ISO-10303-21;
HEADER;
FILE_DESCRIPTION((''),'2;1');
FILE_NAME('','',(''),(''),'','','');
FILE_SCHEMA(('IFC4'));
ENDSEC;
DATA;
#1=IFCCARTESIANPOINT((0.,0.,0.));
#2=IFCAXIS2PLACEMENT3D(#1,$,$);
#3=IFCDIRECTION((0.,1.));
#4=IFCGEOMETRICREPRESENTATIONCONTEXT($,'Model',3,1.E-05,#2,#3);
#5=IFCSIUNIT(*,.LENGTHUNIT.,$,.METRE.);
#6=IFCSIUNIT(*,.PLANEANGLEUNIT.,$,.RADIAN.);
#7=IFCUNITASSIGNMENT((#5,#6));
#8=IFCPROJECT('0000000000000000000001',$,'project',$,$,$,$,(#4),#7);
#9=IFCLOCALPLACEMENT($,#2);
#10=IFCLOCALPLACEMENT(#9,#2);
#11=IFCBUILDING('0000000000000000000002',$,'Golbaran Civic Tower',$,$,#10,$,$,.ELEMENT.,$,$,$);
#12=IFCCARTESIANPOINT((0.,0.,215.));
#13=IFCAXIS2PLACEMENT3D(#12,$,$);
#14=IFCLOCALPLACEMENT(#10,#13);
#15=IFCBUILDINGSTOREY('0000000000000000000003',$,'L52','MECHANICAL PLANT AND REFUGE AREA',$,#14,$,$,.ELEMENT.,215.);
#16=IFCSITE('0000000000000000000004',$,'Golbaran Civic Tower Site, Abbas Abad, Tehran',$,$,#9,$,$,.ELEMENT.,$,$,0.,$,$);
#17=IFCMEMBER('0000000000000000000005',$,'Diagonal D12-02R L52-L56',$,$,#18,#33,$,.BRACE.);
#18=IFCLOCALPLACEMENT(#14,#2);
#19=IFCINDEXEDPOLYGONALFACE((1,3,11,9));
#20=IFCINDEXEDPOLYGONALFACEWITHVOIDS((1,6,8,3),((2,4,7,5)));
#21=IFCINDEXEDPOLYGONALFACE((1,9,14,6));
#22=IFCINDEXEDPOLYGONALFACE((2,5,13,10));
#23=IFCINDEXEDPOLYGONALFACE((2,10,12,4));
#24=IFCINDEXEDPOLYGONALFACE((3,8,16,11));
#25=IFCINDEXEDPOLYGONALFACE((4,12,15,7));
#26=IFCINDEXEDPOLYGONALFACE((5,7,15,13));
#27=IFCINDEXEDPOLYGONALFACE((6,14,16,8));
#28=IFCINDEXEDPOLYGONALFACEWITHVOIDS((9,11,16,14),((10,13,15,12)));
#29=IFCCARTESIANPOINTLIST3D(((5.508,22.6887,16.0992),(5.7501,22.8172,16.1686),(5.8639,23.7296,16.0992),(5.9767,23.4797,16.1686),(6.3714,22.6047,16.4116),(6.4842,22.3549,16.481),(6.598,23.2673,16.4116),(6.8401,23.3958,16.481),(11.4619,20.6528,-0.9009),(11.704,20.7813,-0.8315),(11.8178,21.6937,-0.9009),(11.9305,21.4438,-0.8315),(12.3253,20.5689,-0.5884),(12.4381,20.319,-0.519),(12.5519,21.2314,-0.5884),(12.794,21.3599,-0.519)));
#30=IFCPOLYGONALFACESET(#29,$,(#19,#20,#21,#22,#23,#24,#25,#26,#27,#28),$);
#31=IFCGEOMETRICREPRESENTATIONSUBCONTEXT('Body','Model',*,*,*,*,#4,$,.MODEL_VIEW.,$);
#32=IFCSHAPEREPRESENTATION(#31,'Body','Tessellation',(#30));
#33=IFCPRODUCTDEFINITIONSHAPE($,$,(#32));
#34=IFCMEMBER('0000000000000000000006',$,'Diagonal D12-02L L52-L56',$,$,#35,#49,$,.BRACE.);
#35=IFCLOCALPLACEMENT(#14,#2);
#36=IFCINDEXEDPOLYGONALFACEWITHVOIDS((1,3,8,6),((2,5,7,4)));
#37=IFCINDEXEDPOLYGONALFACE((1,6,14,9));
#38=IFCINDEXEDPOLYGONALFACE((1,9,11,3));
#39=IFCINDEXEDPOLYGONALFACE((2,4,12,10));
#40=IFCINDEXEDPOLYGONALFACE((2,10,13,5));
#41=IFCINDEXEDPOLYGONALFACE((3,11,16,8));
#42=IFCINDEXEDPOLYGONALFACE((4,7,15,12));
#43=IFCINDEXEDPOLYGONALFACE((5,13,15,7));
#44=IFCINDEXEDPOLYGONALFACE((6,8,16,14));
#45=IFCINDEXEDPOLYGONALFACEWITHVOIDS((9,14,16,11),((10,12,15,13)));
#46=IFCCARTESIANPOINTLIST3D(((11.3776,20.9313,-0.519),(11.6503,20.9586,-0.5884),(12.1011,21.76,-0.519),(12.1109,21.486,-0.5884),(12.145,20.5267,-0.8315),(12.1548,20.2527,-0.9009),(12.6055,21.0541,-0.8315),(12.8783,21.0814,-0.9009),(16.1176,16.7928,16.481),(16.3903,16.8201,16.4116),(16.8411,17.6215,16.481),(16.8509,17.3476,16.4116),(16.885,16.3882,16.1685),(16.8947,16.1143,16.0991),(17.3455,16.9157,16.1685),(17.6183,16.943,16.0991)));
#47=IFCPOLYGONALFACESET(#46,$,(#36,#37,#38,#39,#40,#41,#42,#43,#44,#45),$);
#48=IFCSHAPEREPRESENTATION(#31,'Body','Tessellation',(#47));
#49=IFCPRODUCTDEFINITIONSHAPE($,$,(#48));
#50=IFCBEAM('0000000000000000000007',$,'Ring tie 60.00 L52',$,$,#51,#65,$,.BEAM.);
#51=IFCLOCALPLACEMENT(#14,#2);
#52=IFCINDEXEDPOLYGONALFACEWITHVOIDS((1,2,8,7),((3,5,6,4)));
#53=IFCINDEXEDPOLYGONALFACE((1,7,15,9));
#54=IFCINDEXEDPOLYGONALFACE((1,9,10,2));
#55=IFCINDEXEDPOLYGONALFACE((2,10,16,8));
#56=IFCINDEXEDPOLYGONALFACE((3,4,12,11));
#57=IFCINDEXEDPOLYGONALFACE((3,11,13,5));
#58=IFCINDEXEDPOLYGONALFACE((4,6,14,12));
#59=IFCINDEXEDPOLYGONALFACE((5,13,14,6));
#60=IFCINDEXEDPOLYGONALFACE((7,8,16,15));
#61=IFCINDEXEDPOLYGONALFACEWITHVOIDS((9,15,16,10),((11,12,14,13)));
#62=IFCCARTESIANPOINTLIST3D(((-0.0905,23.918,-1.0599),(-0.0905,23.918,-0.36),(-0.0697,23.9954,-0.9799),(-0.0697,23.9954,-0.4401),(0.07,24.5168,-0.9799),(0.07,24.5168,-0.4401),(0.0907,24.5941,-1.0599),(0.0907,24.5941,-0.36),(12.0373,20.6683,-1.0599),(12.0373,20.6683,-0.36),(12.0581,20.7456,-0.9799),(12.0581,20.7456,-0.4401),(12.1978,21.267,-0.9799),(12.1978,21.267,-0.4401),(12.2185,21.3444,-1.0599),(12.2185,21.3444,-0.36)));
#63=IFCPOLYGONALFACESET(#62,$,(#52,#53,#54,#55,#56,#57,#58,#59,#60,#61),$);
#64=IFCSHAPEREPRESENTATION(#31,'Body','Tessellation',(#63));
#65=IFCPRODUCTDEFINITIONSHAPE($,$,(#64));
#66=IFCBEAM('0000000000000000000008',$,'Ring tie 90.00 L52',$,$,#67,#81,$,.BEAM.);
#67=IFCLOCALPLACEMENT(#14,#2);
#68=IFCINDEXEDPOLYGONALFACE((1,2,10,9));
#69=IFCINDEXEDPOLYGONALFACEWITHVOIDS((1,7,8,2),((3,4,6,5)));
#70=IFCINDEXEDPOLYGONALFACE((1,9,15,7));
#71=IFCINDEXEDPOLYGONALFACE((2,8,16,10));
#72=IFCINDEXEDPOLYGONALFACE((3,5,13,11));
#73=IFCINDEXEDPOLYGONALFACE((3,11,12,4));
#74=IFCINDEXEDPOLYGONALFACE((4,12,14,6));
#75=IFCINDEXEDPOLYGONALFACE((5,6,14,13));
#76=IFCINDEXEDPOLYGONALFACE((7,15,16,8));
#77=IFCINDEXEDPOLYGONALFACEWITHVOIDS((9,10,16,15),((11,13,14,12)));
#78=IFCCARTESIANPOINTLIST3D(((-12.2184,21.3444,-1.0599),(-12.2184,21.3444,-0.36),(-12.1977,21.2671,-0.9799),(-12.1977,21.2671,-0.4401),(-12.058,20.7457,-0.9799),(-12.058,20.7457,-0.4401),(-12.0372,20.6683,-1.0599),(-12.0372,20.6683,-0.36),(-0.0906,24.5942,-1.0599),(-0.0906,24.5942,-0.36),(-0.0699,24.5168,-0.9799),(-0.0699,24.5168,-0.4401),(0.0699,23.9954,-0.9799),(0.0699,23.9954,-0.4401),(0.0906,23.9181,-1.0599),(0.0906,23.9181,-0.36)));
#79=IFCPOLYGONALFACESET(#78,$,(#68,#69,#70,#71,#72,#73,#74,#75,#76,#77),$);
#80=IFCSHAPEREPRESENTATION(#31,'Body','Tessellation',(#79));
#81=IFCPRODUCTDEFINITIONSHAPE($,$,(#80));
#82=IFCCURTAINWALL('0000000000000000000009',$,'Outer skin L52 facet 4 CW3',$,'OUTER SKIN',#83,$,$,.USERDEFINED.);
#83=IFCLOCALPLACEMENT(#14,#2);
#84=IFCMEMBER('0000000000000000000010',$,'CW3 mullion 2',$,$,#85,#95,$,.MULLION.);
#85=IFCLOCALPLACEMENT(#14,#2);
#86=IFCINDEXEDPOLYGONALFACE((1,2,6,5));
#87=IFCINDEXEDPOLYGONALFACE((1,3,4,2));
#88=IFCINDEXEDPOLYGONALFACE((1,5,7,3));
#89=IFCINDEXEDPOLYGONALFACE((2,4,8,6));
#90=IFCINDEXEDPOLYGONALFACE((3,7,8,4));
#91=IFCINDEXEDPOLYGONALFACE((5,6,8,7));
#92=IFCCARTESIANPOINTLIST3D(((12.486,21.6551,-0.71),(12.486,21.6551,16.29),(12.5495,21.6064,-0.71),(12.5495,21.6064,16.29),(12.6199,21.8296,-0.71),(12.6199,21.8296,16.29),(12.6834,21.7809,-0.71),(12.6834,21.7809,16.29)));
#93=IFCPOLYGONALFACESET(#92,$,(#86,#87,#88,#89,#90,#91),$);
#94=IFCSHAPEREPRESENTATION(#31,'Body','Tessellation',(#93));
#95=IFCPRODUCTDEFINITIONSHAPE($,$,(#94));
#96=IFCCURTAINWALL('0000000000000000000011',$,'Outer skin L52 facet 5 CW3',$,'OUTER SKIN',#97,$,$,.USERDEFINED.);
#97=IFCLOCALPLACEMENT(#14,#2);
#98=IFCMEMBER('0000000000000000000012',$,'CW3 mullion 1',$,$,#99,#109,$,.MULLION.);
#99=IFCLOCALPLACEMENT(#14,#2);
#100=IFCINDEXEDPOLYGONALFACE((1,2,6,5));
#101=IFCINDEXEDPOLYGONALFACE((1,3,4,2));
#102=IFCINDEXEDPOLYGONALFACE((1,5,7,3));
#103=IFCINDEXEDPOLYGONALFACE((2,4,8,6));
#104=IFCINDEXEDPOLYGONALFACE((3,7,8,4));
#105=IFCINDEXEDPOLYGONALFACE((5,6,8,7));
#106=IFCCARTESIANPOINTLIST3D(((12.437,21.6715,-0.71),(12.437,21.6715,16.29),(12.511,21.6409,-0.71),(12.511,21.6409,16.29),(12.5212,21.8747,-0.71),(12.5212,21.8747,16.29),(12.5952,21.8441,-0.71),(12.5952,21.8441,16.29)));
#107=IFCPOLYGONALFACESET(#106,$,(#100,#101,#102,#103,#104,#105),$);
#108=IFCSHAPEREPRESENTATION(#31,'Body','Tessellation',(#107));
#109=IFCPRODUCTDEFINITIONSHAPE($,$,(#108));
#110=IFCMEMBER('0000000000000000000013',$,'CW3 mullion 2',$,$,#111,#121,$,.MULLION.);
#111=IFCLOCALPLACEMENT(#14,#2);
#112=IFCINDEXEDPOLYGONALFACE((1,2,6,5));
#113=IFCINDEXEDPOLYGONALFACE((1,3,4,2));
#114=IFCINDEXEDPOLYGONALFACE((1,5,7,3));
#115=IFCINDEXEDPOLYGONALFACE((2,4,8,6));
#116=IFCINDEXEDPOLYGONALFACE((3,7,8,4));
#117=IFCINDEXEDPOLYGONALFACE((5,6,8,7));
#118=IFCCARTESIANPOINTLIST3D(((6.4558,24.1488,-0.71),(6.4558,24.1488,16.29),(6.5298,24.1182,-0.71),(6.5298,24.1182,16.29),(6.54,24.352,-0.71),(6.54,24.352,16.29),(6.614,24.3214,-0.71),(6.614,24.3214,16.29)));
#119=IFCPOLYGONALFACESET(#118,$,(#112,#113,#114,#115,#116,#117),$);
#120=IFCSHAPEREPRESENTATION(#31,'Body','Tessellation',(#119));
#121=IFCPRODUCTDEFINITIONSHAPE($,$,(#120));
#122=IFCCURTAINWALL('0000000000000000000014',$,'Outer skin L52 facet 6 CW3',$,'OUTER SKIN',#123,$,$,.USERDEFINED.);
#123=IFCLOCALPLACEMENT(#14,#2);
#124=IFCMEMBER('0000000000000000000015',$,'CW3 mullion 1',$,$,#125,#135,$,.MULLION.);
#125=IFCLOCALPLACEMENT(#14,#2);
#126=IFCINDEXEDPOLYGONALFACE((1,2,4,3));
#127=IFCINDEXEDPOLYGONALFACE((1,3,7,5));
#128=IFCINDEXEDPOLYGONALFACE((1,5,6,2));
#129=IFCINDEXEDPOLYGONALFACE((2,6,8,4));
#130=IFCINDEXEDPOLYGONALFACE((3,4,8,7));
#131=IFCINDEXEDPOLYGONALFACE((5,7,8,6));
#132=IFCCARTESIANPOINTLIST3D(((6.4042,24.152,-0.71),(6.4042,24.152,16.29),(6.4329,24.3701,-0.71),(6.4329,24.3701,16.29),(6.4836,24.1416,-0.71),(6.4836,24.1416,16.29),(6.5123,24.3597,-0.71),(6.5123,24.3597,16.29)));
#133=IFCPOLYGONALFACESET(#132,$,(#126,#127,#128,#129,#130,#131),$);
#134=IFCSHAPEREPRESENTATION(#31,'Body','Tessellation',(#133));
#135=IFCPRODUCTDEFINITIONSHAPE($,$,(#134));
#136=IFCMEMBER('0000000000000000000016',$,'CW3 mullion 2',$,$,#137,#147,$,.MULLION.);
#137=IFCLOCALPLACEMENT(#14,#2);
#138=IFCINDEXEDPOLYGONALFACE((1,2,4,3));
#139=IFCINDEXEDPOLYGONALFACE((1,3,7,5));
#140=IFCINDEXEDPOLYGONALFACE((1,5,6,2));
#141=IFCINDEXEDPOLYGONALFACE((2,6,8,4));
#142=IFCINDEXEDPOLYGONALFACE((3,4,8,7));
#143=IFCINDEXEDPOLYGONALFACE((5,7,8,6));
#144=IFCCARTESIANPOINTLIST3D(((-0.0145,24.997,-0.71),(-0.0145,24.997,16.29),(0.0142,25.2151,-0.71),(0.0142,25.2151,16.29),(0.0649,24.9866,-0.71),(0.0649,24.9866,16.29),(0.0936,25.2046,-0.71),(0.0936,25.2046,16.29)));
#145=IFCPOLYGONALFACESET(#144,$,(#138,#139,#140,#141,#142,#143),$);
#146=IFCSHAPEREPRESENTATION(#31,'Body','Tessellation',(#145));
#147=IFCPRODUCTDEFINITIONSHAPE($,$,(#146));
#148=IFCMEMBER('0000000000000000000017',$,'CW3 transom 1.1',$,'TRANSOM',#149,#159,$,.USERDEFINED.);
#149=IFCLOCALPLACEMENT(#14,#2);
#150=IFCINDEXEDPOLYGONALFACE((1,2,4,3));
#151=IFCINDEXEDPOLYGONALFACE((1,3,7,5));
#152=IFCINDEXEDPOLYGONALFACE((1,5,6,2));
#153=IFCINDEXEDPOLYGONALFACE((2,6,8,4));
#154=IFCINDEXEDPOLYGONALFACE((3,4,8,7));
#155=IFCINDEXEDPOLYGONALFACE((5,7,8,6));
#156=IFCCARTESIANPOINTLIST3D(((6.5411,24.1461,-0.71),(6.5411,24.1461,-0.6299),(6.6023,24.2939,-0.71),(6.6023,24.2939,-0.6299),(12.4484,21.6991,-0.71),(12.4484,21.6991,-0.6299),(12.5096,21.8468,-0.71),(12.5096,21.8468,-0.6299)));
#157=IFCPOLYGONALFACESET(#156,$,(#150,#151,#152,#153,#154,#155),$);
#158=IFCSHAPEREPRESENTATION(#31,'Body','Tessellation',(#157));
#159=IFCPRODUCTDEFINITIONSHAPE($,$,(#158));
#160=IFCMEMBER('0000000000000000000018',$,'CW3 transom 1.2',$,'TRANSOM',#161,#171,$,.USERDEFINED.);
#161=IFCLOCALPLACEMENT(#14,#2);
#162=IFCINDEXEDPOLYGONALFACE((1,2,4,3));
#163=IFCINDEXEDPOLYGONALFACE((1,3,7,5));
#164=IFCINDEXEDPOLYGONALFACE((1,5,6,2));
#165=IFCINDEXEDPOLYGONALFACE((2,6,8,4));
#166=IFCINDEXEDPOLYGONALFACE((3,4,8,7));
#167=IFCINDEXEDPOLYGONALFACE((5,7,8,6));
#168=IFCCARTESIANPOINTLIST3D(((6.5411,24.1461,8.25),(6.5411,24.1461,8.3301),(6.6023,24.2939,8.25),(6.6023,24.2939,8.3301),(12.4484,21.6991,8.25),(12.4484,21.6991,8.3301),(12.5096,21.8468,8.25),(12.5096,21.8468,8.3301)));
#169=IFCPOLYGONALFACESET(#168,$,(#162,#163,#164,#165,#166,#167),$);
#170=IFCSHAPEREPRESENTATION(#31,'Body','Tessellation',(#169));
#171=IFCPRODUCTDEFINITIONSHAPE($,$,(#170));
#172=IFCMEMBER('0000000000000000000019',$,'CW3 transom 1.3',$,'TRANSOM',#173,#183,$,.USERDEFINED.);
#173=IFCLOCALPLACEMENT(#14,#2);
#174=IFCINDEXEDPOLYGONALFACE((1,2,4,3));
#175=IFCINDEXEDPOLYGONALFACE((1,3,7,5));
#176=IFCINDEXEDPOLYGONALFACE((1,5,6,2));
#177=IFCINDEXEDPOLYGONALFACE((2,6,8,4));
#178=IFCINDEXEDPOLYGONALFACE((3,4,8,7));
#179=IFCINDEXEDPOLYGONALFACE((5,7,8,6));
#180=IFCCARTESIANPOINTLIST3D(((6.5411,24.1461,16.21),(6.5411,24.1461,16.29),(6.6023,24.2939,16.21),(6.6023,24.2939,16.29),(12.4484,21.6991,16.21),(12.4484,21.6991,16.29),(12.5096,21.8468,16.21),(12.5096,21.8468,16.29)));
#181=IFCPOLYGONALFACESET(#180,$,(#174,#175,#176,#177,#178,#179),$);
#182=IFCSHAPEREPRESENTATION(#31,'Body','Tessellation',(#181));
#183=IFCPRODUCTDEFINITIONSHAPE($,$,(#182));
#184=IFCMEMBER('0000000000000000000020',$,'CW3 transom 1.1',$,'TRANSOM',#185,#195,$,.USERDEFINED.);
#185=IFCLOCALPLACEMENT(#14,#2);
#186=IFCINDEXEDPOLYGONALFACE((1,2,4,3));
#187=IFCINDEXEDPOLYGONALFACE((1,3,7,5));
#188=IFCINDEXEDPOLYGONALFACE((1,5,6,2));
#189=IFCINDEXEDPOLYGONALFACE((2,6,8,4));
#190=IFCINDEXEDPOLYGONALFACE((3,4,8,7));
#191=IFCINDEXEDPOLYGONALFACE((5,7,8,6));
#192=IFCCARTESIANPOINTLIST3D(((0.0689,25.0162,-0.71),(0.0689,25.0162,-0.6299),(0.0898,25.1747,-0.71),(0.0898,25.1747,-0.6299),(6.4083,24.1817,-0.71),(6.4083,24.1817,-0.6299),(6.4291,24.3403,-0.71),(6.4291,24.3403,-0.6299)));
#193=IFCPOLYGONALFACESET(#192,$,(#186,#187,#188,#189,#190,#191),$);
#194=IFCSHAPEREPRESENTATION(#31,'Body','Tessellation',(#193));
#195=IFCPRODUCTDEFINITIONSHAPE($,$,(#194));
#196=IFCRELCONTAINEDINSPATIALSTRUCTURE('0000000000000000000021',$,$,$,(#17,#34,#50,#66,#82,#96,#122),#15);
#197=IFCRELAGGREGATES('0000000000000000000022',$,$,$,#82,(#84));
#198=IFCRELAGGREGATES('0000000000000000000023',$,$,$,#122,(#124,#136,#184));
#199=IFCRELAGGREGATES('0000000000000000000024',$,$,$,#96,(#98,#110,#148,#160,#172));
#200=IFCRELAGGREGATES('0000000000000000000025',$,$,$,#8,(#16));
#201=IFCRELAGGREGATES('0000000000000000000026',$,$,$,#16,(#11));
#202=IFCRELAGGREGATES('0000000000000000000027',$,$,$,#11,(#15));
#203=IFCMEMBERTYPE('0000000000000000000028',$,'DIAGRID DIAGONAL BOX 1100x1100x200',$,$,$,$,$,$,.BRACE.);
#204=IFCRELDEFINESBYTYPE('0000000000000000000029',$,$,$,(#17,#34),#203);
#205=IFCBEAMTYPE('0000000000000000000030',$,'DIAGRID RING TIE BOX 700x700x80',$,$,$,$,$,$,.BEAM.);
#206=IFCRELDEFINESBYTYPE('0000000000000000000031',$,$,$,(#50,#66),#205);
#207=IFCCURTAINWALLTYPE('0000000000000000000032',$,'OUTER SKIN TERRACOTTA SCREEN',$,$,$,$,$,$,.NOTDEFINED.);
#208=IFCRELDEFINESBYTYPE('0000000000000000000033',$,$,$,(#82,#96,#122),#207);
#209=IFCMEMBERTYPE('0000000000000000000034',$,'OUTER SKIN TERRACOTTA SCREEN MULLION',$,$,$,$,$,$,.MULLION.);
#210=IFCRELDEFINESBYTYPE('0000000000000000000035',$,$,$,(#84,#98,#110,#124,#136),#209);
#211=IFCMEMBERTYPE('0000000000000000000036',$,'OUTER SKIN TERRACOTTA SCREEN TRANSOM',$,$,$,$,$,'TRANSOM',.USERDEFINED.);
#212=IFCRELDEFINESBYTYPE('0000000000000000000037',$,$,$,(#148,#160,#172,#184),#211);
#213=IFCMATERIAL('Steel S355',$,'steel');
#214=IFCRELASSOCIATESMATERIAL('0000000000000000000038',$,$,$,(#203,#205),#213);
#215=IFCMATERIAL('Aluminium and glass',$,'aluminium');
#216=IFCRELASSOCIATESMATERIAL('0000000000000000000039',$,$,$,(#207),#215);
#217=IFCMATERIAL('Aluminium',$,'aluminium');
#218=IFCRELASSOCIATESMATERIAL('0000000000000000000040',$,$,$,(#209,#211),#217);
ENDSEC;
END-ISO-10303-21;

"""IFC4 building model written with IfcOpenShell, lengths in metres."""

from ifc_helpers import new_model, si_unit, direction, frame, origin, origin_2d, place, context, subcontext, project, spatial, rectangle, hollow_rectangle, extrude, material, material_profile, profile_set, type_object, element, aggregate, save


model = new_model("IFC4")

# Units and contexts
model_context = context("Model", 3, precision=1e-05, world=origin(), true_north=direction((0.0, 1.0)))
body_context = subcontext(model_context, "Body", "Model", "MODEL_VIEW")
ifc_project = project(units=[si_unit("LENGTHUNIT", "METRE"), si_unit("PLANEANGLEUNIT", "RADIAN")], contexts=[model_context])

# Site, building, storey
site_placement = place(None, origin())
site = spatial("IfcSite", under=ifc_project, at=site_placement, Name="Golbaran Civic Tower Site, Abbas Abad, Tehran", CompositionType="ELEMENT", RefElevation=0.0)
building_placement = place(site_placement, origin())
building = spatial("IfcBuilding", under=site, at=building_placement, Name="Golbaran Civic Tower", CompositionType="ELEMENT")
storey_placement = place(building_placement, frame((0.0, 0.0, 215.0)))
storey = spatial("IfcBuildingStorey", under=building, at=storey_placement, Name="L52", Description="MECHANICAL PLANT AND REFUGE AREA", CompositionType="ELEMENT", Elevation=215.0)

# Members
ifc_material_1 = material(Name="Steel S355", Category="steel")
ifc_material_profile_1 = material_profile(ifc_material_1, hollow_rectangle(XDim=1.1001, YDim=1.1001, WallThickness=0.2, at=origin_2d()), Name="BOX 1100x1100x200")
ifc_profile_set_1 = profile_set([ifc_material_profile_1], Name="Steel S355")
member_type_1 = type_object("IfcMemberType", Name="DIAGRID DIAGONAL BOX 1100x1100x200", PredefinedType="BRACE", material=ifc_profile_set_1)
for number, where, z_axis, x_axis, name in (
    (1, (12.1279, 21.0063, -0.71), (-0.32845, 0.112312, 0.93782), (-0.323551, -0.946211, 0.0), "Diagonal D12-02R L52-L56"),
    (2, (12.1279, 21.0063, -0.71), (0.261485, -0.2283, 0.937819), (0.657688, 0.75329, 0.0), "Diagonal D12-02L L52-L56"),
):
    element("IfcMember", number, at=place(storey_placement, frame(where, z_axis=z_axis, x_axis=x_axis)), inside=storey, type_object=member_type_1, Name=name, PredefinedType="BRACE", context=body_context, shape_type="SweptSolid", body=[
        extrude(hollow_rectangle(XDim=1.1001, YDim=1.1001, WallThickness=0.2, at=origin_2d()), origin(), (0.0, 0.0, 1.0), 18.1272),
    ])

# Beams
ifc_material_profile_2 = material_profile(ifc_material_1, hollow_rectangle(XDim=0.7, YDim=0.7, WallThickness=0.0801, at=origin_2d()), Name="BOX 700x700x80")
ifc_profile_set_2 = profile_set([ifc_material_profile_2], Name="Steel S355")
beam_type = type_object("IfcBeamType", Name="DIAGRID RING TIE BOX 700x700x80", PredefinedType="BEAM", material=ifc_profile_set_2)
for number, where, z_axis, x_axis, name in (
    (3, (12.1279, 21.0063, -0.71), (-0.965924, 0.258826, 0.0), (-0.258826, -0.965924, 0.0), "Ring tie 60.00 L52"),
    (4, (0.0, 24.2561, -0.71), (-0.965924, -0.258826, 0.0), (0.258826, -0.965924, 0.0), "Ring tie 90.00 L52"),
):
    element("IfcBeam", number, at=place(storey_placement, frame(where, z_axis=z_axis, x_axis=x_axis)), inside=storey, type_object=beam_type, Name=name, PredefinedType="BEAM", context=body_context, shape_type="SweptSolid", body=[
        extrude(hollow_rectangle(XDim=0.7, YDim=0.7, WallThickness=0.0801, at=origin_2d()), origin(), (0.0, 0.0, 1.0), 12.5557),
    ])

# Curtain wall, member
ifc_material_2 = material(Name="Aluminium and glass", Category="aluminium")
curtain_wall_type_1 = type_object("IfcCurtainWallType", Name="OUTER SKIN TERRACOTTA SCREEN", PredefinedType="NOTDEFINED", material=ifc_material_2)
curtain_wall_1_placement = place(storey_placement, origin())
curtain_wall_1 = element("IfcCurtainWall", 5, at=curtain_wall_1_placement, inside=storey, type_object=curtain_wall_type_1, Name="Outer skin L52 facet 4 CW3", ObjectType="OUTER SKIN", PredefinedType="USERDEFINED")
ifc_material_3 = material(Name="Aluminium", Category="aluminium")
ifc_material_profile_3 = material_profile(ifc_material_3, rectangle(XDim=0.22, YDim=0.0801, at=origin_2d()), Name="OUTER SKIN TERRACOTTA SCREEN MULLION")
ifc_profile_set_3 = profile_set([ifc_material_profile_3], Name="Aluminium")
member_type_2 = type_object("IfcMemberType", Name="OUTER SKIN TERRACOTTA SCREEN MULLION", PredefinedType="MULLION", material=ifc_profile_set_3)
member_1_placement = place(storey_placement, frame((12.5847, 21.718, -0.71), z_axis=(0.0, 0.0, 1.0), x_axis=(-0.608761, -0.793353, 0.0)))
member_1 = element("IfcMember", 6, at=member_1_placement, type_object=member_type_2, Name="CW3 mullion 2", PredefinedType="MULLION", context=body_context, shape_type="SweptSolid", body=[
    extrude(rectangle(XDim=0.22, YDim=0.0801, at=origin_2d()), origin(), (0.0, 0.0, 1.0), 17.0),
])
aggregate(curtain_wall_1, [member_1])

# Curtain walls, members
curtain_wall_2_placement = place(storey_placement, origin())
curtain_wall_2 = element("IfcCurtainWall", 7, at=curtain_wall_2_placement, inside=storey, type_object=curtain_wall_type_1, Name="Outer skin L52 facet 5 CW3", ObjectType="OUTER SKIN", PredefinedType="USERDEFINED")
member_2_placement = place(storey_placement, frame((12.5161, 21.7578, -0.71), z_axis=(0.0, 0.0, 1.0), x_axis=(-0.382683, -0.92388, 0.0)))
member_2 = element("IfcMember", 8, at=member_2_placement, type_object=member_type_2, Name="CW3 mullion 1", PredefinedType="MULLION", context=body_context, shape_type="SweptSolid", body=[
    extrude(rectangle(XDim=0.22, YDim=0.0801, at=origin_2d()), origin(), (0.0, 0.0, 1.0), 17.0),
])
member_3_placement = place(storey_placement, frame((6.5349, 24.2351, -0.71), z_axis=(0.0, 0.0, 1.0), x_axis=(-0.382683, -0.92388, 0.0)))
member_3 = element("IfcMember", 9, at=member_3_placement, type_object=member_type_2, Name="CW3 mullion 2", PredefinedType="MULLION", context=body_context, shape_type="SweptSolid", body=[
    extrude(rectangle(XDim=0.22, YDim=0.0801, at=origin_2d()), origin(), (0.0, 0.0, 1.0), 17.0),
])
curtain_wall_3_placement = place(storey_placement, origin())
curtain_wall_3 = element("IfcCurtainWall", 10, at=curtain_wall_3_placement, inside=storey, type_object=curtain_wall_type_1, Name="Outer skin L52 facet 6 CW3", ObjectType="OUTER SKIN", PredefinedType="USERDEFINED")
member_4_placement = place(storey_placement, frame((6.4583, 24.2559, -0.71), z_axis=(0.0, 0.0, 1.0), x_axis=(-0.130526, -0.991445, 0.0)))
member_4 = element("IfcMember", 11, at=member_4_placement, type_object=member_type_2, Name="CW3 mullion 1", PredefinedType="MULLION", context=body_context, shape_type="SweptSolid", body=[
    extrude(rectangle(XDim=0.22, YDim=0.0801, at=origin_2d()), origin(), (0.0, 0.0, 1.0), 17.0),
])
member_5_placement = place(storey_placement, frame((0.0396, 25.1008, -0.71), z_axis=(0.0, 0.0, 1.0), x_axis=(-0.130526, -0.991445, 0.0)))
member_5 = element("IfcMember", 12, at=member_5_placement, type_object=member_type_2, Name="CW3 mullion 2", PredefinedType="MULLION", context=body_context, shape_type="SweptSolid", body=[
    extrude(rectangle(XDim=0.22, YDim=0.0801, at=origin_2d()), origin(), (0.0, 0.0, 1.0), 17.0),
])

# Members
ifc_material_profile_4 = material_profile(ifc_material_3, rectangle(XDim=0.1599, YDim=0.0801, at=origin_2d()), Name="OUTER SKIN TERRACOTTA SCREEN TRANSOM")
ifc_profile_set_4 = profile_set([ifc_material_profile_4], Name="Aluminium")
member_type_3 = type_object("IfcMemberType", Name="OUTER SKIN TERRACOTTA SCREEN TRANSOM", ElementType="TRANSOM", PredefinedType="USERDEFINED", material=ifc_profile_set_4)
member_6_placement = place(storey_placement, frame((12.479, 21.7729, -0.6699), z_axis=(-0.92387, 0.382706, 0.0), x_axis=(-0.382706, -0.92387, 0.0)))
member_6 = element("IfcMember", 13, at=member_6_placement, type_object=member_type_3, Name="CW3 transom 1.1", ObjectType="TRANSOM", PredefinedType="USERDEFINED", context=body_context, shape_type="SweptSolid", body=[
    extrude(rectangle(XDim=0.1599, YDim=0.0801, at=origin_2d()), origin(), (0.0, 0.0, 1.0), 6.394),
])
member_7_placement = place(storey_placement, frame((12.479, 21.7729, 8.29), z_axis=(-0.92387, 0.382706, 0.0), x_axis=(-0.382706, -0.92387, 0.0)))
member_7 = element("IfcMember", 14, at=member_7_placement, type_object=member_type_3, Name="CW3 transom 1.2", ObjectType="TRANSOM", PredefinedType="USERDEFINED", context=body_context, shape_type="SweptSolid", body=[
    extrude(rectangle(XDim=0.1599, YDim=0.0801, at=origin_2d()), origin(), (0.0, 0.0, 1.0), 6.394),
])
member_8_placement = place(storey_placement, frame((12.479, 21.7729, 16.25), z_axis=(-0.92387, 0.382706, 0.0), x_axis=(-0.382706, -0.92387, 0.0)))
member_8 = element("IfcMember", 15, at=member_8_placement, type_object=member_type_3, Name="CW3 transom 1.3", ObjectType="TRANSOM", PredefinedType="USERDEFINED", context=body_context, shape_type="SweptSolid", body=[
    extrude(rectangle(XDim=0.1599, YDim=0.0801, at=origin_2d()), origin(), (0.0, 0.0, 1.0), 6.394),
])
member_9_placement = place(storey_placement, frame((6.4187, 24.261, -0.6699), z_axis=(-0.991447, 0.130508, 0.0), x_axis=(-0.130508, -0.991447, 0.0)))
member_9 = element("IfcMember", 16, at=member_9_placement, type_object=member_type_3, Name="CW3 transom 1.1", ObjectType="TRANSOM", PredefinedType="USERDEFINED", context=body_context, shape_type="SweptSolid", body=[
    extrude(rectangle(XDim=0.1599, YDim=0.0801, at=origin_2d()), origin(), (0.0, 0.0, 1.0), 6.394),
])

aggregate(curtain_wall_3, [member_4, member_5, member_9])
aggregate(curtain_wall_2, [member_2, member_3, member_6, member_7, member_8])

save(model, "model.ifc")
